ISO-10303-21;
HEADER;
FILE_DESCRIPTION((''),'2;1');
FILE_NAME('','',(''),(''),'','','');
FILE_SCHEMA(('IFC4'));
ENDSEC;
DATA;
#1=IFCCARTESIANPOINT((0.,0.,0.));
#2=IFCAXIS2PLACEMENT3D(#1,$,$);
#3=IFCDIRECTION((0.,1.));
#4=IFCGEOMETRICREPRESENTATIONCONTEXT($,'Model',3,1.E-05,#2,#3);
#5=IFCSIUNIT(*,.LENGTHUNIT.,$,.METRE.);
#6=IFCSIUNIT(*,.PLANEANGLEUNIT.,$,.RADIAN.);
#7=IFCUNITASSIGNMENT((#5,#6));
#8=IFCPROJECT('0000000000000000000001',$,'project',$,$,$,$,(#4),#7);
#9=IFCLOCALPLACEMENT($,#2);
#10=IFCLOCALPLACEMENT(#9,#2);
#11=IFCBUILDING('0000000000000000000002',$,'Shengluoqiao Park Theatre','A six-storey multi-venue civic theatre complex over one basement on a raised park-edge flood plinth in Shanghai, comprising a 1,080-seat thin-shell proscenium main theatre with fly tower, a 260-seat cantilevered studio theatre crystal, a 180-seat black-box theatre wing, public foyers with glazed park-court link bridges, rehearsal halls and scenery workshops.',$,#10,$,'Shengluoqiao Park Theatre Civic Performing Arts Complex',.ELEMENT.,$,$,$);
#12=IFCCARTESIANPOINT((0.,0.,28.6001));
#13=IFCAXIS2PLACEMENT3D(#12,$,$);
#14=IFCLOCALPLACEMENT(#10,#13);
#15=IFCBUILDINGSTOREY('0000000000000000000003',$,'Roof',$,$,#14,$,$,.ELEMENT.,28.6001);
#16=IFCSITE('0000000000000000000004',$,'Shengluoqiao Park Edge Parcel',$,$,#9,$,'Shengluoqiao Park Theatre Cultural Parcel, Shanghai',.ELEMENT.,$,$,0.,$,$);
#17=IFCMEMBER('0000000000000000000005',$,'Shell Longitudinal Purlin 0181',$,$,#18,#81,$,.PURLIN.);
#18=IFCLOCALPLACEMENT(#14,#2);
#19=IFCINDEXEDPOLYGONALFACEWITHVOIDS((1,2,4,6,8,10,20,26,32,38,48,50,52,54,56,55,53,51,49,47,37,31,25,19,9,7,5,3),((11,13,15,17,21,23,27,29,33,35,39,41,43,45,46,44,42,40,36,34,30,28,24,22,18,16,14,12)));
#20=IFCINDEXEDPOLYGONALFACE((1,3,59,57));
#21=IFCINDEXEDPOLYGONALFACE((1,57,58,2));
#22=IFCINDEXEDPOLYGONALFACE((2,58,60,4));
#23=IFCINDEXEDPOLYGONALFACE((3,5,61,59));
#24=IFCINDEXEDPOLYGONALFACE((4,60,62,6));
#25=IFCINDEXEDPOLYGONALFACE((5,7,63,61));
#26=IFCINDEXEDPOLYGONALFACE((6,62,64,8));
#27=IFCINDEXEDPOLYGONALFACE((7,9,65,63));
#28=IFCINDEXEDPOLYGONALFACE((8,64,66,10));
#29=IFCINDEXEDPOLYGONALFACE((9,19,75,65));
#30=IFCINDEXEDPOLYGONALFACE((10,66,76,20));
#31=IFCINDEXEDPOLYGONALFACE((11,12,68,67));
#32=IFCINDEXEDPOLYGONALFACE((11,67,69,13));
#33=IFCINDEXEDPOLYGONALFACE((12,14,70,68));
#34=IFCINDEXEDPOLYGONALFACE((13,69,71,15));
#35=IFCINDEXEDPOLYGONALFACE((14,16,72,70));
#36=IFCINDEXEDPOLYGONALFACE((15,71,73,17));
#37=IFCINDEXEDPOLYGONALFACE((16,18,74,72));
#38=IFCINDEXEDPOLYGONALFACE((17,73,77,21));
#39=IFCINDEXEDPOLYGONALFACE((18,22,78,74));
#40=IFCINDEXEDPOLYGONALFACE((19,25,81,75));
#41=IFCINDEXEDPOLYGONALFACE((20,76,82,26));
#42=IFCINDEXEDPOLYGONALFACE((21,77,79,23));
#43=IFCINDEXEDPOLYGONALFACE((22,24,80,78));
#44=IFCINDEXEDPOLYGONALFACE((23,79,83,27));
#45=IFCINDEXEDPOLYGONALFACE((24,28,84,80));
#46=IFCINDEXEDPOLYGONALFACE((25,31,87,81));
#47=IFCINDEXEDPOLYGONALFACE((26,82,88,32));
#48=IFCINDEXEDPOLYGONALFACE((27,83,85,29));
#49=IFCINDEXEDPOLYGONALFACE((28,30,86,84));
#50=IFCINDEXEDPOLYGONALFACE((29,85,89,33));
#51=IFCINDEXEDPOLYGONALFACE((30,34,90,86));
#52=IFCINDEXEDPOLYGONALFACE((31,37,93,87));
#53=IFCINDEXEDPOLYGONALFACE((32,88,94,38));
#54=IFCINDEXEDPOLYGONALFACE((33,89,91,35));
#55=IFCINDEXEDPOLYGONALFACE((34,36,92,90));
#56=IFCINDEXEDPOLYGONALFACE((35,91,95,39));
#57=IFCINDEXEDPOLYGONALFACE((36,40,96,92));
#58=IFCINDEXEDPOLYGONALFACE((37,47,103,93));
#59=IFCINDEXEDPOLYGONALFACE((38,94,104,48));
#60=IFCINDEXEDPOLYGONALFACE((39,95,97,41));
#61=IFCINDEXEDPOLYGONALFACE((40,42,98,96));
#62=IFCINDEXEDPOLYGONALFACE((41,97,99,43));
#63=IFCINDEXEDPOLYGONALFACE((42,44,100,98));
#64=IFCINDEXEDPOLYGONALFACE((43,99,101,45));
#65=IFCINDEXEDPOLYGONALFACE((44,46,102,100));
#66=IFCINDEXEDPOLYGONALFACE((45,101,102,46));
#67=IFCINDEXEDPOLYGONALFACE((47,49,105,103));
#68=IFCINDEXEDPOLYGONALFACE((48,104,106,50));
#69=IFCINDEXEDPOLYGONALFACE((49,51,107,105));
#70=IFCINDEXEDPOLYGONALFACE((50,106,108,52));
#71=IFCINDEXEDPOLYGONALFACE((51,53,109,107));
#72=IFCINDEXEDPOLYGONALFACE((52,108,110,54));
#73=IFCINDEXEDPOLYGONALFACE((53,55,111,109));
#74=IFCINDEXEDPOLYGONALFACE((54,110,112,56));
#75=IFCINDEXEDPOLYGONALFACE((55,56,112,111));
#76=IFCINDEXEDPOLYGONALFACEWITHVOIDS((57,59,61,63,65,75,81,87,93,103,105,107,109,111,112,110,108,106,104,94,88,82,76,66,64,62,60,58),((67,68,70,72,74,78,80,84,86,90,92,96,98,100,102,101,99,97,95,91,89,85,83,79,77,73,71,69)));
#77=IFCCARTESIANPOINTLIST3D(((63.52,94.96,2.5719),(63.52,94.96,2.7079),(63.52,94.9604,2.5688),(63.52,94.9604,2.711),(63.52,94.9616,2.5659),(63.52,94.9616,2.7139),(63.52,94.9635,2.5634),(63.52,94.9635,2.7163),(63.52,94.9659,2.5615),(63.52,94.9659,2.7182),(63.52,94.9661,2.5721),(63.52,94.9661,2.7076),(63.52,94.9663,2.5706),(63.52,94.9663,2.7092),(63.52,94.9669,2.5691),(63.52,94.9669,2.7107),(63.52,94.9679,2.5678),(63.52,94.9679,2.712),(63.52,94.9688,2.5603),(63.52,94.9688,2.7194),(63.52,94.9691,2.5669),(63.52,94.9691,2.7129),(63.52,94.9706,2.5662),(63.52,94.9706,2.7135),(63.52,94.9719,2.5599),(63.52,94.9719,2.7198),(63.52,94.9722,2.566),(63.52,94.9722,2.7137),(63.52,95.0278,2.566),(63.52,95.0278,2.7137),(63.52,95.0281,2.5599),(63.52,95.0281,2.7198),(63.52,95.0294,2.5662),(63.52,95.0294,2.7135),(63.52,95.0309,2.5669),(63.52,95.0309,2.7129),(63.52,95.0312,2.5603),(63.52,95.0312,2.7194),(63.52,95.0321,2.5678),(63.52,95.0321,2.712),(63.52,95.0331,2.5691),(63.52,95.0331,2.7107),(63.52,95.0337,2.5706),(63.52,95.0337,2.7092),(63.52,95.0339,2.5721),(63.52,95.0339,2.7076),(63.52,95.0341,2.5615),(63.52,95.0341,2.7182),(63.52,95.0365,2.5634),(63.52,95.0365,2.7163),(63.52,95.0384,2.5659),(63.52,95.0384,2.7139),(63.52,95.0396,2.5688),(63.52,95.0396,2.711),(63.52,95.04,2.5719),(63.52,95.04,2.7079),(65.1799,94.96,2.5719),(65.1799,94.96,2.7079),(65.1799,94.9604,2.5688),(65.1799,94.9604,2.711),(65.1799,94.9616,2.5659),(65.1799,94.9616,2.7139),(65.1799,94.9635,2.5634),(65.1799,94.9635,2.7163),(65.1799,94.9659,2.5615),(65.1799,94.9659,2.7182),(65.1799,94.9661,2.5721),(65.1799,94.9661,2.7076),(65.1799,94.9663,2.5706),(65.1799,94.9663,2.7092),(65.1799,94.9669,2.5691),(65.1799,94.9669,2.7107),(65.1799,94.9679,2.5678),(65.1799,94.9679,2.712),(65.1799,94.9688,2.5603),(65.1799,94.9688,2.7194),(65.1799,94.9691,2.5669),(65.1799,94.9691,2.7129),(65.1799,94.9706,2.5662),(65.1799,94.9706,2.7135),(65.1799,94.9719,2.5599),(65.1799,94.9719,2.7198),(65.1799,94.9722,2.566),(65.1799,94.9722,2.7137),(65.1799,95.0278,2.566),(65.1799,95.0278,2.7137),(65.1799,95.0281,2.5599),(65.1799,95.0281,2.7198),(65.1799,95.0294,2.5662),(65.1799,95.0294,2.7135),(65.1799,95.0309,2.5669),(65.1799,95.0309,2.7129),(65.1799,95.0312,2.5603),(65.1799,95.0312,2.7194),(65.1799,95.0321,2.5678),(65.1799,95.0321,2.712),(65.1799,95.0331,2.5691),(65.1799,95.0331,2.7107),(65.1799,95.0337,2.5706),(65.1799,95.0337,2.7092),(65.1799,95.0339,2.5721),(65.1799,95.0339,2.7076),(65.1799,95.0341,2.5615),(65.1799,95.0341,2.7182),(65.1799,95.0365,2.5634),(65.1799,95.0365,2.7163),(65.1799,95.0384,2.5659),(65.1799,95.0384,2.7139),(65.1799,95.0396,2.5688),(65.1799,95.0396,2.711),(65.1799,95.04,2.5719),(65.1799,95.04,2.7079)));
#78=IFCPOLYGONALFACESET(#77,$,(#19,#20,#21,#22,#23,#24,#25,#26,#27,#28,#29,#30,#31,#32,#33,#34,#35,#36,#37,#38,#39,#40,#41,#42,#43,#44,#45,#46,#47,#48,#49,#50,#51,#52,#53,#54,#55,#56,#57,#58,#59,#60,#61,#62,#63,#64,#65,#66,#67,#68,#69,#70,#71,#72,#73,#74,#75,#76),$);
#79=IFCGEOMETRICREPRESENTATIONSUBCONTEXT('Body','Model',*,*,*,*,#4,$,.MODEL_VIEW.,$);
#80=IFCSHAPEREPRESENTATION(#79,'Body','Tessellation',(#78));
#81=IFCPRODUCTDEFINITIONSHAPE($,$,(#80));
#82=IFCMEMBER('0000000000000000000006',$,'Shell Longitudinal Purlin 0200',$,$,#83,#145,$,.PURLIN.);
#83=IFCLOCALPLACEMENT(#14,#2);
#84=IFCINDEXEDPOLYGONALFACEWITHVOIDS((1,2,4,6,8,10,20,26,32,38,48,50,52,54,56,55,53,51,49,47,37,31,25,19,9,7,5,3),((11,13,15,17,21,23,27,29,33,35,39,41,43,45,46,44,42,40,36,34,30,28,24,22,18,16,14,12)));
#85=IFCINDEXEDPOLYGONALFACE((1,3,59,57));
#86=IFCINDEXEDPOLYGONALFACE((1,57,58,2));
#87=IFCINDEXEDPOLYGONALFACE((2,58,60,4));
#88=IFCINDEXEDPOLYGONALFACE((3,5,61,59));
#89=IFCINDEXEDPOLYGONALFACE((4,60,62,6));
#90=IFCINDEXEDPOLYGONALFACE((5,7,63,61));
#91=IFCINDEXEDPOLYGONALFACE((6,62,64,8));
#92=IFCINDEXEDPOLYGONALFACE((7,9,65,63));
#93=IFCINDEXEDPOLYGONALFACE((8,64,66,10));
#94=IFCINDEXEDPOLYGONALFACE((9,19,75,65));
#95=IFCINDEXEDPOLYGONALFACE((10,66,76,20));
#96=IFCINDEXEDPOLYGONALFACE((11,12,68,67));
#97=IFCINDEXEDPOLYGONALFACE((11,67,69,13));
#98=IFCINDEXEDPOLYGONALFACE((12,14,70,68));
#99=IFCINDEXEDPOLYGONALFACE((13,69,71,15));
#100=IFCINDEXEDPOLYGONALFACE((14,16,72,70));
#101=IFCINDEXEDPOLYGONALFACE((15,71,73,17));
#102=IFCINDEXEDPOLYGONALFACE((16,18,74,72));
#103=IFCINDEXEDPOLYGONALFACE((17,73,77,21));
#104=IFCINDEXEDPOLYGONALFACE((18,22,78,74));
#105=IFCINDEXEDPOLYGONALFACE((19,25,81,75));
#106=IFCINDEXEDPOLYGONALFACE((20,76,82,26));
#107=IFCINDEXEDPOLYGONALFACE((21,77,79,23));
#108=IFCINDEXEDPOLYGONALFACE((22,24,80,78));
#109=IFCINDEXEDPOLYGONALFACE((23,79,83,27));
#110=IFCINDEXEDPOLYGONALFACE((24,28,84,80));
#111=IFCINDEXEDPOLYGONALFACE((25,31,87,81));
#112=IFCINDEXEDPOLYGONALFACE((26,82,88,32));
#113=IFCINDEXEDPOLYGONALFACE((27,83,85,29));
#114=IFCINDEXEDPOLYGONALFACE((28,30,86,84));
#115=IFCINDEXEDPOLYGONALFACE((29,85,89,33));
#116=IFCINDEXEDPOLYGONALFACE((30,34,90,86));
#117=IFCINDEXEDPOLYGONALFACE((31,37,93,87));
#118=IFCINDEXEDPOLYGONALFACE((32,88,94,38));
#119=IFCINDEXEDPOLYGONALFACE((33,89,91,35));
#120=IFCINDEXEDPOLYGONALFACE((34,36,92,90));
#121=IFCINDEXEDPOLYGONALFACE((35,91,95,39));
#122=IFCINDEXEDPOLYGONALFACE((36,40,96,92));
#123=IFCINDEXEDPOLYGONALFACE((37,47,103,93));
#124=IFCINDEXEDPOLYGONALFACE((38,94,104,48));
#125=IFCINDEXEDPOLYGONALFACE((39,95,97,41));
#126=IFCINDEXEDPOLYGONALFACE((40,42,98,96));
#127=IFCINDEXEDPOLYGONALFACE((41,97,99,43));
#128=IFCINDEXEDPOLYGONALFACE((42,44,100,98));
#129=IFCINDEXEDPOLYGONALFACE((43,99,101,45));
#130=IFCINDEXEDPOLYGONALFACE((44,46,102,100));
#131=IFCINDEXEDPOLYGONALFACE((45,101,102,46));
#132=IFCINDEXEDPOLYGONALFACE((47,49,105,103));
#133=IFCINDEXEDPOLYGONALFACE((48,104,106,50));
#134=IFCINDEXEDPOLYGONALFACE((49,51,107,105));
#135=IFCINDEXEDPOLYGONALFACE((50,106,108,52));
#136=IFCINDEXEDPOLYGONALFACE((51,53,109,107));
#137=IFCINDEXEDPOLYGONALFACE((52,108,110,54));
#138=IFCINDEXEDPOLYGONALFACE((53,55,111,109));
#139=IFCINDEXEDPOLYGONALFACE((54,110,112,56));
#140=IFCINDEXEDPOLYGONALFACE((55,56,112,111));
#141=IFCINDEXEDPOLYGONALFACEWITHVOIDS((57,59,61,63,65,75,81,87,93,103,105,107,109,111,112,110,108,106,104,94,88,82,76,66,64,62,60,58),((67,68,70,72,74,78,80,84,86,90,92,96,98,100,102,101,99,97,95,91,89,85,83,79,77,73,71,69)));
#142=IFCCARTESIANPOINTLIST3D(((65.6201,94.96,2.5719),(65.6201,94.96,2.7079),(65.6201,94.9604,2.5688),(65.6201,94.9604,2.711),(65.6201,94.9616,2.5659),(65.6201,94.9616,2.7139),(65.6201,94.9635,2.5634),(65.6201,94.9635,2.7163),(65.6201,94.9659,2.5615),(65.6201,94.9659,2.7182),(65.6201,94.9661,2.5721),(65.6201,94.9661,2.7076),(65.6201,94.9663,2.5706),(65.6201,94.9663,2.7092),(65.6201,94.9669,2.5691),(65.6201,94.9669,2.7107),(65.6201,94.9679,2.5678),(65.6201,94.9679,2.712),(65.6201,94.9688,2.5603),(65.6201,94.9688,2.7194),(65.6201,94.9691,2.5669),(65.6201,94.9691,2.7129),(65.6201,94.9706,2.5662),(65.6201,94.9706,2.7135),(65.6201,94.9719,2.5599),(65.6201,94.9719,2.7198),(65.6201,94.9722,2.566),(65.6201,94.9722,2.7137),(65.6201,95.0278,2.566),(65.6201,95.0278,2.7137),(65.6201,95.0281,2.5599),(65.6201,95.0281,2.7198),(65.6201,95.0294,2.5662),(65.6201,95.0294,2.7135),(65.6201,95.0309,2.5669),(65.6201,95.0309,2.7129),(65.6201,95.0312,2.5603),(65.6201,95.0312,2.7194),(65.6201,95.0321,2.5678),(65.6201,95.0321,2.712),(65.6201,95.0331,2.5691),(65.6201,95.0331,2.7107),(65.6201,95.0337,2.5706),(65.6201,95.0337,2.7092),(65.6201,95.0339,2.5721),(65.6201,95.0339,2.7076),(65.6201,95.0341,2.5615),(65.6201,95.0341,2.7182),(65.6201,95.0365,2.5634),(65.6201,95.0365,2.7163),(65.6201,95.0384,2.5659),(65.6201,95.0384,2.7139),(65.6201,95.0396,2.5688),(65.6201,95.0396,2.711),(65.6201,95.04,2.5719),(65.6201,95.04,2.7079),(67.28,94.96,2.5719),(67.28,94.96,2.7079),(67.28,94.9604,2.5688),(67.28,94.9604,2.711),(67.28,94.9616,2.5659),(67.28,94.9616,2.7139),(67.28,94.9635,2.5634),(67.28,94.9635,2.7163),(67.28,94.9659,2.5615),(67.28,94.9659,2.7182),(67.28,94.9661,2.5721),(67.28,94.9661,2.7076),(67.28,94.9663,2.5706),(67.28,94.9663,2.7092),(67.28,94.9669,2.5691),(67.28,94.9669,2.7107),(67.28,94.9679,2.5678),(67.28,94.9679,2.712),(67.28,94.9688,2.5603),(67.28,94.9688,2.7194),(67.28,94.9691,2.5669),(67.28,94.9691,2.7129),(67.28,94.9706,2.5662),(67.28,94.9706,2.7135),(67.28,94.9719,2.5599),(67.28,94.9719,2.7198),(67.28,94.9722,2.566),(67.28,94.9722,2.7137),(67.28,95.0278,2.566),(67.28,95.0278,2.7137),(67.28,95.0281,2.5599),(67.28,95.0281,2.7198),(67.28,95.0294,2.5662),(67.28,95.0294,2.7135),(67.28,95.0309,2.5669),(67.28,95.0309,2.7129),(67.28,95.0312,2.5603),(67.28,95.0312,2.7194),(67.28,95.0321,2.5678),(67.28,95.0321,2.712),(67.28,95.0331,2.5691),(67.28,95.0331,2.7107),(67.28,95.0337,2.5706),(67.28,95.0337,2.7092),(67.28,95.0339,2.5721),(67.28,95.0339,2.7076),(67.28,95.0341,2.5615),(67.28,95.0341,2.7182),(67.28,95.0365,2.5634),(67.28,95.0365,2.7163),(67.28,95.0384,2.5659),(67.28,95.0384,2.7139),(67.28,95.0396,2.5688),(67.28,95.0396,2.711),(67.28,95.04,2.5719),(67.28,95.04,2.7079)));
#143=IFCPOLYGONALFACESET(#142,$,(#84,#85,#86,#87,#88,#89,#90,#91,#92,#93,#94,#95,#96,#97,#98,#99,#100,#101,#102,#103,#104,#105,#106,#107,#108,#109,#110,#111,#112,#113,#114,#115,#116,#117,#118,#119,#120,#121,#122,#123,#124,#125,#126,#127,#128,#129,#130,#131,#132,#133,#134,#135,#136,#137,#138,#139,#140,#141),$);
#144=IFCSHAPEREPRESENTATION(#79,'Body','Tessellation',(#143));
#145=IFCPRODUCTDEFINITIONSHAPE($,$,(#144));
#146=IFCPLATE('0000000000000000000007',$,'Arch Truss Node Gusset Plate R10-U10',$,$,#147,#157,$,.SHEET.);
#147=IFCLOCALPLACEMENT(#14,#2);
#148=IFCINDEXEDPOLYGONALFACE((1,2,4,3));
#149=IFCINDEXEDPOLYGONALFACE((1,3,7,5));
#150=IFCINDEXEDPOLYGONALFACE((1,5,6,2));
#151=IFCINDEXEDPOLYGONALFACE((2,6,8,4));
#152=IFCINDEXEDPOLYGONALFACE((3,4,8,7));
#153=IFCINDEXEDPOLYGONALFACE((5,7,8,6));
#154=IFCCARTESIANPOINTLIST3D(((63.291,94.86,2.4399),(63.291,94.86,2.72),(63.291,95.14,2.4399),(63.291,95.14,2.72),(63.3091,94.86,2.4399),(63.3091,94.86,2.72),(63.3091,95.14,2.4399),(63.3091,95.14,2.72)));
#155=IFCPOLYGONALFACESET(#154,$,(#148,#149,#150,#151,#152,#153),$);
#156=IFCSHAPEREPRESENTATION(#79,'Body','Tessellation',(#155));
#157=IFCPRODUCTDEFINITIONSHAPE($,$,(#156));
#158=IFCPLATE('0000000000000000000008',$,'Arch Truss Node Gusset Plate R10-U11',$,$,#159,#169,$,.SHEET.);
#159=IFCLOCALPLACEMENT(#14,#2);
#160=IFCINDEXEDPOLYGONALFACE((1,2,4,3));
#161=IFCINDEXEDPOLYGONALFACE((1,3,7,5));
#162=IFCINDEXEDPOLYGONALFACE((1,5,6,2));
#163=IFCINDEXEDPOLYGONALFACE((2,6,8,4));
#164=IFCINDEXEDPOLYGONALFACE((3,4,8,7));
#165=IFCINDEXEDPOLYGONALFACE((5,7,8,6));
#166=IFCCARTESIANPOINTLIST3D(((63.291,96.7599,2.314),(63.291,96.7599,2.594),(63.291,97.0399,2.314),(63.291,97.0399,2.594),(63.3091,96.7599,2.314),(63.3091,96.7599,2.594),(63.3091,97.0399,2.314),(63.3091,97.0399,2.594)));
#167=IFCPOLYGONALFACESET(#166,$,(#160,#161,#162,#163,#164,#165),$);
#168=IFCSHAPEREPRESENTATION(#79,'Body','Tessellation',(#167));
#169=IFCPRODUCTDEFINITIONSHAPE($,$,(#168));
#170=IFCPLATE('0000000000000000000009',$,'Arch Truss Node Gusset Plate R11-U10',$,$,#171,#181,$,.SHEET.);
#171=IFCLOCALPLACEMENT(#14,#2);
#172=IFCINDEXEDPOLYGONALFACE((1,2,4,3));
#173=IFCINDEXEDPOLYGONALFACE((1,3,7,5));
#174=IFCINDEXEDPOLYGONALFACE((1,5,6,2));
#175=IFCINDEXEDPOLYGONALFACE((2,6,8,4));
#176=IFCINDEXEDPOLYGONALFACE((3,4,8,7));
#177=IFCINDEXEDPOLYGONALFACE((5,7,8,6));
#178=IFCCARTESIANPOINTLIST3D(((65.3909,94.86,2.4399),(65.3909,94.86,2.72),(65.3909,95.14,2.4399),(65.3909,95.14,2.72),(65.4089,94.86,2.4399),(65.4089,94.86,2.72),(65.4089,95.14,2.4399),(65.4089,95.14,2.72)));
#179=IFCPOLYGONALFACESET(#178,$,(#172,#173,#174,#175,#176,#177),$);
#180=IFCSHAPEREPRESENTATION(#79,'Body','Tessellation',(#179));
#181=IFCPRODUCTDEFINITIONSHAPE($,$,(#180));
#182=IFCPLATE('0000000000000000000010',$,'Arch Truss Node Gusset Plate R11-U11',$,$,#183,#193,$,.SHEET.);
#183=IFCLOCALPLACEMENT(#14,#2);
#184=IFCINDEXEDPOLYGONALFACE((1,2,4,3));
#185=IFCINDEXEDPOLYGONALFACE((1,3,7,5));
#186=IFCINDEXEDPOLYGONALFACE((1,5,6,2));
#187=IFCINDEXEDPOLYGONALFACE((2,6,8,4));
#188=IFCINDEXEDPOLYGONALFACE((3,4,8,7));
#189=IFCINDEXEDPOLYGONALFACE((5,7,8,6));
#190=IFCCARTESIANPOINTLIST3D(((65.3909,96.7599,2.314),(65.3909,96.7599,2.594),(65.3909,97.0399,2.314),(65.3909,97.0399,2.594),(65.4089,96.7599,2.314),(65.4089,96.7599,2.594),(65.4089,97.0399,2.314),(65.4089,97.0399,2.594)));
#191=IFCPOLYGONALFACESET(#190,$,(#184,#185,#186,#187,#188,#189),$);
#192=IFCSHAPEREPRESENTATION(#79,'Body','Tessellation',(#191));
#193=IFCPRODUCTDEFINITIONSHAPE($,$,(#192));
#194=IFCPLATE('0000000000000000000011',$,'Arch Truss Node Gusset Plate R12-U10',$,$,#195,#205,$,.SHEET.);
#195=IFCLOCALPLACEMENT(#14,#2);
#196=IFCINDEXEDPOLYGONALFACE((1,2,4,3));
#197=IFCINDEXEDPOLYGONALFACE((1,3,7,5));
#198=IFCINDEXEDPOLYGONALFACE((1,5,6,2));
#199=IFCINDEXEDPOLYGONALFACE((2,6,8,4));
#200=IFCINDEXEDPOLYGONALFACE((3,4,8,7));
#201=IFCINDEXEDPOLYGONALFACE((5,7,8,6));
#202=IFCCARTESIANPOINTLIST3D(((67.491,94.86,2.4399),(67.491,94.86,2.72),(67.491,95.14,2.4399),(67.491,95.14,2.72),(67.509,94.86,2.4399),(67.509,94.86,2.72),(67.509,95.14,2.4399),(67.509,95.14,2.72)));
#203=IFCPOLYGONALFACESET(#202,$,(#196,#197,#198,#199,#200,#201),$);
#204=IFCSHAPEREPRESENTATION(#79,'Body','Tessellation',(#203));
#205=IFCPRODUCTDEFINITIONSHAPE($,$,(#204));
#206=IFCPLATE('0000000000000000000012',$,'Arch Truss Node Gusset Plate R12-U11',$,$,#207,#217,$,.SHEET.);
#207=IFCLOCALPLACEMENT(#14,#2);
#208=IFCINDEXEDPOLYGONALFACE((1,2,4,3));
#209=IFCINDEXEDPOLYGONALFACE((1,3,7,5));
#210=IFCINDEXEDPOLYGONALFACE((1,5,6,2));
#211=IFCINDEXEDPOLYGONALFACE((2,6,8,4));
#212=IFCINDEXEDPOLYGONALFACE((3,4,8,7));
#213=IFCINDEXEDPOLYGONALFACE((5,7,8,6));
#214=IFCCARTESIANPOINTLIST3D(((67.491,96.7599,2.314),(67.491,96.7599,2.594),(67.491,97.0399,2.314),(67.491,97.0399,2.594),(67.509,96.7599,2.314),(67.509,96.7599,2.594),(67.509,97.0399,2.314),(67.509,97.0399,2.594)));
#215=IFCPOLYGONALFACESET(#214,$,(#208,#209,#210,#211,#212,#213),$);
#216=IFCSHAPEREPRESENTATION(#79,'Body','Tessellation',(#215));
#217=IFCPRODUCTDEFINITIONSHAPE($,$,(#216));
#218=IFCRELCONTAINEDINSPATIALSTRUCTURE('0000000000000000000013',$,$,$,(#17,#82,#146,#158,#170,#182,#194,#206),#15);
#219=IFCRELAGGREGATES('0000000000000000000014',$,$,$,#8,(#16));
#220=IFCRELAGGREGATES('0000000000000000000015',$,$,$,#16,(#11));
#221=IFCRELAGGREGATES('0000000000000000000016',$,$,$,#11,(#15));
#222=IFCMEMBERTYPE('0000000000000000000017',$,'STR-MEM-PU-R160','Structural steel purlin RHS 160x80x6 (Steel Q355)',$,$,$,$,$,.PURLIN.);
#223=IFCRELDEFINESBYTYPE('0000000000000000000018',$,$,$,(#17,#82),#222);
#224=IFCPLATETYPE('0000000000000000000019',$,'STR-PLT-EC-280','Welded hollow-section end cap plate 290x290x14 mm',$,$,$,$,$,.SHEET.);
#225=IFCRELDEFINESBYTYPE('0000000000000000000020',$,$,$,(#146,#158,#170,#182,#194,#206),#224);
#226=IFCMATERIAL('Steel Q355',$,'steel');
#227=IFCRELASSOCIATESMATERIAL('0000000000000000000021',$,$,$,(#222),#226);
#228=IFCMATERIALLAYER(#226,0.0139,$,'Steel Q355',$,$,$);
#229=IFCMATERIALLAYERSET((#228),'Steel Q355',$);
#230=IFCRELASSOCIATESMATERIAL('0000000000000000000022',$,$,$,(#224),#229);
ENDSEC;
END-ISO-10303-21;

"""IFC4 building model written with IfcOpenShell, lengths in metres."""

from ifc_helpers import new_model, si_unit, direction, frame, origin, origin_2d, place, context, subcontext, project, spatial, rectangle, hollow_rectangle, extrude, material, layer, layer_set, material_profile, profile_set, type_object, element, save


model = new_model("IFC4")

# Units and contexts
model_context = context("Model", 3, precision=1e-05, world=origin(), true_north=direction((0.0, 1.0)))
body_context = subcontext(model_context, "Body", "Model", "MODEL_VIEW")
ifc_project = project(units=[si_unit("LENGTHUNIT", "METRE"), si_unit("PLANEANGLEUNIT", "RADIAN")], contexts=[model_context])

# Site, building, storey
site_placement = place(None, origin())
site = spatial("IfcSite", under=ifc_project, at=site_placement, Name="Shengluoqiao Park Edge Parcel", LongName="Shengluoqiao Park Theatre Cultural Parcel, Shanghai", CompositionType="ELEMENT", RefElevation=0.0)
building_placement = place(site_placement, origin())
building = spatial("IfcBuilding", under=site, at=building_placement, Name="Shengluoqiao Park Theatre", Description="A six-storey multi-venue civic theatre complex over one basement on a raised park-edge flood plinth in Shanghai, comprising a 1,080-seat thin-shell proscenium main theatre with fly tower, a 260-seat cantilevered studio theatre crystal, a 180-seat black-box theatre wing, public foyers with glazed park-court link bridges, rehearsal halls and scenery workshops.", LongName="Shengluoqiao Park Theatre Civic Performing Arts Complex", CompositionType="ELEMENT")
storey_placement = place(building_placement, frame((0.0, 0.0, 28.6001)))
storey = spatial("IfcBuildingStorey", under=building, at=storey_placement, Name="Roof", CompositionType="ELEMENT", Elevation=28.6001)

# Shared definitions
ifc_material_1 = material(Name="Steel Q355", Category="steel")

# Members
ifc_material_profile_1 = material_profile(ifc_material_1, hollow_rectangle(XDim=0.0801, YDim=0.1599, WallThickness=0.0061, InnerFilletRadius=0.0061, OuterFilletRadius=0.012, at=origin_2d()), Name="RHS 160x80x6")
ifc_profile_set_1 = profile_set([ifc_material_profile_1], Name="Steel Q355")
member_type_1 = type_object("IfcMemberType", Name="STR-MEM-PU-R160", Description="Structural steel purlin RHS 160x80x6 (Steel Q355)", PredefinedType="PURLIN", material=ifc_profile_set_1)
for number, where, z_axis, x_axis, name in (
    (1, (63.52, 95.0, 2.6399), (1.0, 0.0, 0.0), (0.0, 1.0, 0.0), "Shell Longitudinal Purlin 0181"),
    (2, (65.6201, 95.0, 2.6399), (1.0, 0.0, 0.0), (0.0, 1.0, 0.0), "Shell Longitudinal Purlin 0200"),
):
    element("IfcMember", number, at=place(storey_placement, frame(where, z_axis=z_axis, x_axis=x_axis)), inside=storey, type_object=member_type_1, Name=name, PredefinedType="PURLIN", context=body_context, shape_type="SweptSolid", body=[
        extrude(hollow_rectangle(XDim=0.0801, YDim=0.1599, WallThickness=0.0061, InnerFilletRadius=0.0061, OuterFilletRadius=0.012, at=origin_2d()), origin(), (0.0, 0.0, 1.0), 1.6599),
    ])

# Plates
ifc_layer_1 = layer(ifc_material_1, 0.0139, Name="Steel Q355")
ifc_layer_set_1 = layer_set([ifc_layer_1], Name="Steel Q355")
plate_type_1 = type_object("IfcPlateType", Name="STR-PLT-EC-280", Description="Welded hollow-section end cap plate 290x290x14 mm", PredefinedType="SHEET", material=ifc_layer_set_1)
for number, where, z_axis, x_axis, name in (
    (3, (63.3, 95.0, 2.4399), (0.0, 0.0, 1.0), (1.0, 0.0, 0.0), "Arch Truss Node Gusset Plate R10-U10"),
    (4, (63.3, 96.8999, 2.314), (0.0, 0.0, 1.0), (1.0, 0.0, 0.0), "Arch Truss Node Gusset Plate R10-U11"),
    (5, (65.3999, 95.0, 2.4399), (0.0, 0.0, 1.0), (1.0, 0.0, 0.0), "Arch Truss Node Gusset Plate R11-U10"),
    (6, (65.3999, 96.8999, 2.314), (0.0, 0.0, 1.0), (1.0, 0.0, 0.0), "Arch Truss Node Gusset Plate R11-U11"),
    (7, (67.5, 95.0, 2.4399), (0.0, 0.0, 1.0), (1.0, 0.0, 0.0), "Arch Truss Node Gusset Plate R12-U10"),
    (8, (67.5, 96.8999, 2.314), (0.0, 0.0, 1.0), (1.0, 0.0, 0.0), "Arch Truss Node Gusset Plate R12-U11"),
):
    element("IfcPlate", number, at=place(storey_placement, frame(where, z_axis=z_axis, x_axis=x_axis)), inside=storey, type_object=plate_type_1, Name=name, PredefinedType="SHEET", context=body_context, shape_type="SweptSolid", body=[
        extrude(rectangle(XDim=0.0181, YDim=0.28, at=origin_2d()), origin(), (0.0, 0.0, 1.0), 0.28),
    ])

save(model, "model.ifc")
